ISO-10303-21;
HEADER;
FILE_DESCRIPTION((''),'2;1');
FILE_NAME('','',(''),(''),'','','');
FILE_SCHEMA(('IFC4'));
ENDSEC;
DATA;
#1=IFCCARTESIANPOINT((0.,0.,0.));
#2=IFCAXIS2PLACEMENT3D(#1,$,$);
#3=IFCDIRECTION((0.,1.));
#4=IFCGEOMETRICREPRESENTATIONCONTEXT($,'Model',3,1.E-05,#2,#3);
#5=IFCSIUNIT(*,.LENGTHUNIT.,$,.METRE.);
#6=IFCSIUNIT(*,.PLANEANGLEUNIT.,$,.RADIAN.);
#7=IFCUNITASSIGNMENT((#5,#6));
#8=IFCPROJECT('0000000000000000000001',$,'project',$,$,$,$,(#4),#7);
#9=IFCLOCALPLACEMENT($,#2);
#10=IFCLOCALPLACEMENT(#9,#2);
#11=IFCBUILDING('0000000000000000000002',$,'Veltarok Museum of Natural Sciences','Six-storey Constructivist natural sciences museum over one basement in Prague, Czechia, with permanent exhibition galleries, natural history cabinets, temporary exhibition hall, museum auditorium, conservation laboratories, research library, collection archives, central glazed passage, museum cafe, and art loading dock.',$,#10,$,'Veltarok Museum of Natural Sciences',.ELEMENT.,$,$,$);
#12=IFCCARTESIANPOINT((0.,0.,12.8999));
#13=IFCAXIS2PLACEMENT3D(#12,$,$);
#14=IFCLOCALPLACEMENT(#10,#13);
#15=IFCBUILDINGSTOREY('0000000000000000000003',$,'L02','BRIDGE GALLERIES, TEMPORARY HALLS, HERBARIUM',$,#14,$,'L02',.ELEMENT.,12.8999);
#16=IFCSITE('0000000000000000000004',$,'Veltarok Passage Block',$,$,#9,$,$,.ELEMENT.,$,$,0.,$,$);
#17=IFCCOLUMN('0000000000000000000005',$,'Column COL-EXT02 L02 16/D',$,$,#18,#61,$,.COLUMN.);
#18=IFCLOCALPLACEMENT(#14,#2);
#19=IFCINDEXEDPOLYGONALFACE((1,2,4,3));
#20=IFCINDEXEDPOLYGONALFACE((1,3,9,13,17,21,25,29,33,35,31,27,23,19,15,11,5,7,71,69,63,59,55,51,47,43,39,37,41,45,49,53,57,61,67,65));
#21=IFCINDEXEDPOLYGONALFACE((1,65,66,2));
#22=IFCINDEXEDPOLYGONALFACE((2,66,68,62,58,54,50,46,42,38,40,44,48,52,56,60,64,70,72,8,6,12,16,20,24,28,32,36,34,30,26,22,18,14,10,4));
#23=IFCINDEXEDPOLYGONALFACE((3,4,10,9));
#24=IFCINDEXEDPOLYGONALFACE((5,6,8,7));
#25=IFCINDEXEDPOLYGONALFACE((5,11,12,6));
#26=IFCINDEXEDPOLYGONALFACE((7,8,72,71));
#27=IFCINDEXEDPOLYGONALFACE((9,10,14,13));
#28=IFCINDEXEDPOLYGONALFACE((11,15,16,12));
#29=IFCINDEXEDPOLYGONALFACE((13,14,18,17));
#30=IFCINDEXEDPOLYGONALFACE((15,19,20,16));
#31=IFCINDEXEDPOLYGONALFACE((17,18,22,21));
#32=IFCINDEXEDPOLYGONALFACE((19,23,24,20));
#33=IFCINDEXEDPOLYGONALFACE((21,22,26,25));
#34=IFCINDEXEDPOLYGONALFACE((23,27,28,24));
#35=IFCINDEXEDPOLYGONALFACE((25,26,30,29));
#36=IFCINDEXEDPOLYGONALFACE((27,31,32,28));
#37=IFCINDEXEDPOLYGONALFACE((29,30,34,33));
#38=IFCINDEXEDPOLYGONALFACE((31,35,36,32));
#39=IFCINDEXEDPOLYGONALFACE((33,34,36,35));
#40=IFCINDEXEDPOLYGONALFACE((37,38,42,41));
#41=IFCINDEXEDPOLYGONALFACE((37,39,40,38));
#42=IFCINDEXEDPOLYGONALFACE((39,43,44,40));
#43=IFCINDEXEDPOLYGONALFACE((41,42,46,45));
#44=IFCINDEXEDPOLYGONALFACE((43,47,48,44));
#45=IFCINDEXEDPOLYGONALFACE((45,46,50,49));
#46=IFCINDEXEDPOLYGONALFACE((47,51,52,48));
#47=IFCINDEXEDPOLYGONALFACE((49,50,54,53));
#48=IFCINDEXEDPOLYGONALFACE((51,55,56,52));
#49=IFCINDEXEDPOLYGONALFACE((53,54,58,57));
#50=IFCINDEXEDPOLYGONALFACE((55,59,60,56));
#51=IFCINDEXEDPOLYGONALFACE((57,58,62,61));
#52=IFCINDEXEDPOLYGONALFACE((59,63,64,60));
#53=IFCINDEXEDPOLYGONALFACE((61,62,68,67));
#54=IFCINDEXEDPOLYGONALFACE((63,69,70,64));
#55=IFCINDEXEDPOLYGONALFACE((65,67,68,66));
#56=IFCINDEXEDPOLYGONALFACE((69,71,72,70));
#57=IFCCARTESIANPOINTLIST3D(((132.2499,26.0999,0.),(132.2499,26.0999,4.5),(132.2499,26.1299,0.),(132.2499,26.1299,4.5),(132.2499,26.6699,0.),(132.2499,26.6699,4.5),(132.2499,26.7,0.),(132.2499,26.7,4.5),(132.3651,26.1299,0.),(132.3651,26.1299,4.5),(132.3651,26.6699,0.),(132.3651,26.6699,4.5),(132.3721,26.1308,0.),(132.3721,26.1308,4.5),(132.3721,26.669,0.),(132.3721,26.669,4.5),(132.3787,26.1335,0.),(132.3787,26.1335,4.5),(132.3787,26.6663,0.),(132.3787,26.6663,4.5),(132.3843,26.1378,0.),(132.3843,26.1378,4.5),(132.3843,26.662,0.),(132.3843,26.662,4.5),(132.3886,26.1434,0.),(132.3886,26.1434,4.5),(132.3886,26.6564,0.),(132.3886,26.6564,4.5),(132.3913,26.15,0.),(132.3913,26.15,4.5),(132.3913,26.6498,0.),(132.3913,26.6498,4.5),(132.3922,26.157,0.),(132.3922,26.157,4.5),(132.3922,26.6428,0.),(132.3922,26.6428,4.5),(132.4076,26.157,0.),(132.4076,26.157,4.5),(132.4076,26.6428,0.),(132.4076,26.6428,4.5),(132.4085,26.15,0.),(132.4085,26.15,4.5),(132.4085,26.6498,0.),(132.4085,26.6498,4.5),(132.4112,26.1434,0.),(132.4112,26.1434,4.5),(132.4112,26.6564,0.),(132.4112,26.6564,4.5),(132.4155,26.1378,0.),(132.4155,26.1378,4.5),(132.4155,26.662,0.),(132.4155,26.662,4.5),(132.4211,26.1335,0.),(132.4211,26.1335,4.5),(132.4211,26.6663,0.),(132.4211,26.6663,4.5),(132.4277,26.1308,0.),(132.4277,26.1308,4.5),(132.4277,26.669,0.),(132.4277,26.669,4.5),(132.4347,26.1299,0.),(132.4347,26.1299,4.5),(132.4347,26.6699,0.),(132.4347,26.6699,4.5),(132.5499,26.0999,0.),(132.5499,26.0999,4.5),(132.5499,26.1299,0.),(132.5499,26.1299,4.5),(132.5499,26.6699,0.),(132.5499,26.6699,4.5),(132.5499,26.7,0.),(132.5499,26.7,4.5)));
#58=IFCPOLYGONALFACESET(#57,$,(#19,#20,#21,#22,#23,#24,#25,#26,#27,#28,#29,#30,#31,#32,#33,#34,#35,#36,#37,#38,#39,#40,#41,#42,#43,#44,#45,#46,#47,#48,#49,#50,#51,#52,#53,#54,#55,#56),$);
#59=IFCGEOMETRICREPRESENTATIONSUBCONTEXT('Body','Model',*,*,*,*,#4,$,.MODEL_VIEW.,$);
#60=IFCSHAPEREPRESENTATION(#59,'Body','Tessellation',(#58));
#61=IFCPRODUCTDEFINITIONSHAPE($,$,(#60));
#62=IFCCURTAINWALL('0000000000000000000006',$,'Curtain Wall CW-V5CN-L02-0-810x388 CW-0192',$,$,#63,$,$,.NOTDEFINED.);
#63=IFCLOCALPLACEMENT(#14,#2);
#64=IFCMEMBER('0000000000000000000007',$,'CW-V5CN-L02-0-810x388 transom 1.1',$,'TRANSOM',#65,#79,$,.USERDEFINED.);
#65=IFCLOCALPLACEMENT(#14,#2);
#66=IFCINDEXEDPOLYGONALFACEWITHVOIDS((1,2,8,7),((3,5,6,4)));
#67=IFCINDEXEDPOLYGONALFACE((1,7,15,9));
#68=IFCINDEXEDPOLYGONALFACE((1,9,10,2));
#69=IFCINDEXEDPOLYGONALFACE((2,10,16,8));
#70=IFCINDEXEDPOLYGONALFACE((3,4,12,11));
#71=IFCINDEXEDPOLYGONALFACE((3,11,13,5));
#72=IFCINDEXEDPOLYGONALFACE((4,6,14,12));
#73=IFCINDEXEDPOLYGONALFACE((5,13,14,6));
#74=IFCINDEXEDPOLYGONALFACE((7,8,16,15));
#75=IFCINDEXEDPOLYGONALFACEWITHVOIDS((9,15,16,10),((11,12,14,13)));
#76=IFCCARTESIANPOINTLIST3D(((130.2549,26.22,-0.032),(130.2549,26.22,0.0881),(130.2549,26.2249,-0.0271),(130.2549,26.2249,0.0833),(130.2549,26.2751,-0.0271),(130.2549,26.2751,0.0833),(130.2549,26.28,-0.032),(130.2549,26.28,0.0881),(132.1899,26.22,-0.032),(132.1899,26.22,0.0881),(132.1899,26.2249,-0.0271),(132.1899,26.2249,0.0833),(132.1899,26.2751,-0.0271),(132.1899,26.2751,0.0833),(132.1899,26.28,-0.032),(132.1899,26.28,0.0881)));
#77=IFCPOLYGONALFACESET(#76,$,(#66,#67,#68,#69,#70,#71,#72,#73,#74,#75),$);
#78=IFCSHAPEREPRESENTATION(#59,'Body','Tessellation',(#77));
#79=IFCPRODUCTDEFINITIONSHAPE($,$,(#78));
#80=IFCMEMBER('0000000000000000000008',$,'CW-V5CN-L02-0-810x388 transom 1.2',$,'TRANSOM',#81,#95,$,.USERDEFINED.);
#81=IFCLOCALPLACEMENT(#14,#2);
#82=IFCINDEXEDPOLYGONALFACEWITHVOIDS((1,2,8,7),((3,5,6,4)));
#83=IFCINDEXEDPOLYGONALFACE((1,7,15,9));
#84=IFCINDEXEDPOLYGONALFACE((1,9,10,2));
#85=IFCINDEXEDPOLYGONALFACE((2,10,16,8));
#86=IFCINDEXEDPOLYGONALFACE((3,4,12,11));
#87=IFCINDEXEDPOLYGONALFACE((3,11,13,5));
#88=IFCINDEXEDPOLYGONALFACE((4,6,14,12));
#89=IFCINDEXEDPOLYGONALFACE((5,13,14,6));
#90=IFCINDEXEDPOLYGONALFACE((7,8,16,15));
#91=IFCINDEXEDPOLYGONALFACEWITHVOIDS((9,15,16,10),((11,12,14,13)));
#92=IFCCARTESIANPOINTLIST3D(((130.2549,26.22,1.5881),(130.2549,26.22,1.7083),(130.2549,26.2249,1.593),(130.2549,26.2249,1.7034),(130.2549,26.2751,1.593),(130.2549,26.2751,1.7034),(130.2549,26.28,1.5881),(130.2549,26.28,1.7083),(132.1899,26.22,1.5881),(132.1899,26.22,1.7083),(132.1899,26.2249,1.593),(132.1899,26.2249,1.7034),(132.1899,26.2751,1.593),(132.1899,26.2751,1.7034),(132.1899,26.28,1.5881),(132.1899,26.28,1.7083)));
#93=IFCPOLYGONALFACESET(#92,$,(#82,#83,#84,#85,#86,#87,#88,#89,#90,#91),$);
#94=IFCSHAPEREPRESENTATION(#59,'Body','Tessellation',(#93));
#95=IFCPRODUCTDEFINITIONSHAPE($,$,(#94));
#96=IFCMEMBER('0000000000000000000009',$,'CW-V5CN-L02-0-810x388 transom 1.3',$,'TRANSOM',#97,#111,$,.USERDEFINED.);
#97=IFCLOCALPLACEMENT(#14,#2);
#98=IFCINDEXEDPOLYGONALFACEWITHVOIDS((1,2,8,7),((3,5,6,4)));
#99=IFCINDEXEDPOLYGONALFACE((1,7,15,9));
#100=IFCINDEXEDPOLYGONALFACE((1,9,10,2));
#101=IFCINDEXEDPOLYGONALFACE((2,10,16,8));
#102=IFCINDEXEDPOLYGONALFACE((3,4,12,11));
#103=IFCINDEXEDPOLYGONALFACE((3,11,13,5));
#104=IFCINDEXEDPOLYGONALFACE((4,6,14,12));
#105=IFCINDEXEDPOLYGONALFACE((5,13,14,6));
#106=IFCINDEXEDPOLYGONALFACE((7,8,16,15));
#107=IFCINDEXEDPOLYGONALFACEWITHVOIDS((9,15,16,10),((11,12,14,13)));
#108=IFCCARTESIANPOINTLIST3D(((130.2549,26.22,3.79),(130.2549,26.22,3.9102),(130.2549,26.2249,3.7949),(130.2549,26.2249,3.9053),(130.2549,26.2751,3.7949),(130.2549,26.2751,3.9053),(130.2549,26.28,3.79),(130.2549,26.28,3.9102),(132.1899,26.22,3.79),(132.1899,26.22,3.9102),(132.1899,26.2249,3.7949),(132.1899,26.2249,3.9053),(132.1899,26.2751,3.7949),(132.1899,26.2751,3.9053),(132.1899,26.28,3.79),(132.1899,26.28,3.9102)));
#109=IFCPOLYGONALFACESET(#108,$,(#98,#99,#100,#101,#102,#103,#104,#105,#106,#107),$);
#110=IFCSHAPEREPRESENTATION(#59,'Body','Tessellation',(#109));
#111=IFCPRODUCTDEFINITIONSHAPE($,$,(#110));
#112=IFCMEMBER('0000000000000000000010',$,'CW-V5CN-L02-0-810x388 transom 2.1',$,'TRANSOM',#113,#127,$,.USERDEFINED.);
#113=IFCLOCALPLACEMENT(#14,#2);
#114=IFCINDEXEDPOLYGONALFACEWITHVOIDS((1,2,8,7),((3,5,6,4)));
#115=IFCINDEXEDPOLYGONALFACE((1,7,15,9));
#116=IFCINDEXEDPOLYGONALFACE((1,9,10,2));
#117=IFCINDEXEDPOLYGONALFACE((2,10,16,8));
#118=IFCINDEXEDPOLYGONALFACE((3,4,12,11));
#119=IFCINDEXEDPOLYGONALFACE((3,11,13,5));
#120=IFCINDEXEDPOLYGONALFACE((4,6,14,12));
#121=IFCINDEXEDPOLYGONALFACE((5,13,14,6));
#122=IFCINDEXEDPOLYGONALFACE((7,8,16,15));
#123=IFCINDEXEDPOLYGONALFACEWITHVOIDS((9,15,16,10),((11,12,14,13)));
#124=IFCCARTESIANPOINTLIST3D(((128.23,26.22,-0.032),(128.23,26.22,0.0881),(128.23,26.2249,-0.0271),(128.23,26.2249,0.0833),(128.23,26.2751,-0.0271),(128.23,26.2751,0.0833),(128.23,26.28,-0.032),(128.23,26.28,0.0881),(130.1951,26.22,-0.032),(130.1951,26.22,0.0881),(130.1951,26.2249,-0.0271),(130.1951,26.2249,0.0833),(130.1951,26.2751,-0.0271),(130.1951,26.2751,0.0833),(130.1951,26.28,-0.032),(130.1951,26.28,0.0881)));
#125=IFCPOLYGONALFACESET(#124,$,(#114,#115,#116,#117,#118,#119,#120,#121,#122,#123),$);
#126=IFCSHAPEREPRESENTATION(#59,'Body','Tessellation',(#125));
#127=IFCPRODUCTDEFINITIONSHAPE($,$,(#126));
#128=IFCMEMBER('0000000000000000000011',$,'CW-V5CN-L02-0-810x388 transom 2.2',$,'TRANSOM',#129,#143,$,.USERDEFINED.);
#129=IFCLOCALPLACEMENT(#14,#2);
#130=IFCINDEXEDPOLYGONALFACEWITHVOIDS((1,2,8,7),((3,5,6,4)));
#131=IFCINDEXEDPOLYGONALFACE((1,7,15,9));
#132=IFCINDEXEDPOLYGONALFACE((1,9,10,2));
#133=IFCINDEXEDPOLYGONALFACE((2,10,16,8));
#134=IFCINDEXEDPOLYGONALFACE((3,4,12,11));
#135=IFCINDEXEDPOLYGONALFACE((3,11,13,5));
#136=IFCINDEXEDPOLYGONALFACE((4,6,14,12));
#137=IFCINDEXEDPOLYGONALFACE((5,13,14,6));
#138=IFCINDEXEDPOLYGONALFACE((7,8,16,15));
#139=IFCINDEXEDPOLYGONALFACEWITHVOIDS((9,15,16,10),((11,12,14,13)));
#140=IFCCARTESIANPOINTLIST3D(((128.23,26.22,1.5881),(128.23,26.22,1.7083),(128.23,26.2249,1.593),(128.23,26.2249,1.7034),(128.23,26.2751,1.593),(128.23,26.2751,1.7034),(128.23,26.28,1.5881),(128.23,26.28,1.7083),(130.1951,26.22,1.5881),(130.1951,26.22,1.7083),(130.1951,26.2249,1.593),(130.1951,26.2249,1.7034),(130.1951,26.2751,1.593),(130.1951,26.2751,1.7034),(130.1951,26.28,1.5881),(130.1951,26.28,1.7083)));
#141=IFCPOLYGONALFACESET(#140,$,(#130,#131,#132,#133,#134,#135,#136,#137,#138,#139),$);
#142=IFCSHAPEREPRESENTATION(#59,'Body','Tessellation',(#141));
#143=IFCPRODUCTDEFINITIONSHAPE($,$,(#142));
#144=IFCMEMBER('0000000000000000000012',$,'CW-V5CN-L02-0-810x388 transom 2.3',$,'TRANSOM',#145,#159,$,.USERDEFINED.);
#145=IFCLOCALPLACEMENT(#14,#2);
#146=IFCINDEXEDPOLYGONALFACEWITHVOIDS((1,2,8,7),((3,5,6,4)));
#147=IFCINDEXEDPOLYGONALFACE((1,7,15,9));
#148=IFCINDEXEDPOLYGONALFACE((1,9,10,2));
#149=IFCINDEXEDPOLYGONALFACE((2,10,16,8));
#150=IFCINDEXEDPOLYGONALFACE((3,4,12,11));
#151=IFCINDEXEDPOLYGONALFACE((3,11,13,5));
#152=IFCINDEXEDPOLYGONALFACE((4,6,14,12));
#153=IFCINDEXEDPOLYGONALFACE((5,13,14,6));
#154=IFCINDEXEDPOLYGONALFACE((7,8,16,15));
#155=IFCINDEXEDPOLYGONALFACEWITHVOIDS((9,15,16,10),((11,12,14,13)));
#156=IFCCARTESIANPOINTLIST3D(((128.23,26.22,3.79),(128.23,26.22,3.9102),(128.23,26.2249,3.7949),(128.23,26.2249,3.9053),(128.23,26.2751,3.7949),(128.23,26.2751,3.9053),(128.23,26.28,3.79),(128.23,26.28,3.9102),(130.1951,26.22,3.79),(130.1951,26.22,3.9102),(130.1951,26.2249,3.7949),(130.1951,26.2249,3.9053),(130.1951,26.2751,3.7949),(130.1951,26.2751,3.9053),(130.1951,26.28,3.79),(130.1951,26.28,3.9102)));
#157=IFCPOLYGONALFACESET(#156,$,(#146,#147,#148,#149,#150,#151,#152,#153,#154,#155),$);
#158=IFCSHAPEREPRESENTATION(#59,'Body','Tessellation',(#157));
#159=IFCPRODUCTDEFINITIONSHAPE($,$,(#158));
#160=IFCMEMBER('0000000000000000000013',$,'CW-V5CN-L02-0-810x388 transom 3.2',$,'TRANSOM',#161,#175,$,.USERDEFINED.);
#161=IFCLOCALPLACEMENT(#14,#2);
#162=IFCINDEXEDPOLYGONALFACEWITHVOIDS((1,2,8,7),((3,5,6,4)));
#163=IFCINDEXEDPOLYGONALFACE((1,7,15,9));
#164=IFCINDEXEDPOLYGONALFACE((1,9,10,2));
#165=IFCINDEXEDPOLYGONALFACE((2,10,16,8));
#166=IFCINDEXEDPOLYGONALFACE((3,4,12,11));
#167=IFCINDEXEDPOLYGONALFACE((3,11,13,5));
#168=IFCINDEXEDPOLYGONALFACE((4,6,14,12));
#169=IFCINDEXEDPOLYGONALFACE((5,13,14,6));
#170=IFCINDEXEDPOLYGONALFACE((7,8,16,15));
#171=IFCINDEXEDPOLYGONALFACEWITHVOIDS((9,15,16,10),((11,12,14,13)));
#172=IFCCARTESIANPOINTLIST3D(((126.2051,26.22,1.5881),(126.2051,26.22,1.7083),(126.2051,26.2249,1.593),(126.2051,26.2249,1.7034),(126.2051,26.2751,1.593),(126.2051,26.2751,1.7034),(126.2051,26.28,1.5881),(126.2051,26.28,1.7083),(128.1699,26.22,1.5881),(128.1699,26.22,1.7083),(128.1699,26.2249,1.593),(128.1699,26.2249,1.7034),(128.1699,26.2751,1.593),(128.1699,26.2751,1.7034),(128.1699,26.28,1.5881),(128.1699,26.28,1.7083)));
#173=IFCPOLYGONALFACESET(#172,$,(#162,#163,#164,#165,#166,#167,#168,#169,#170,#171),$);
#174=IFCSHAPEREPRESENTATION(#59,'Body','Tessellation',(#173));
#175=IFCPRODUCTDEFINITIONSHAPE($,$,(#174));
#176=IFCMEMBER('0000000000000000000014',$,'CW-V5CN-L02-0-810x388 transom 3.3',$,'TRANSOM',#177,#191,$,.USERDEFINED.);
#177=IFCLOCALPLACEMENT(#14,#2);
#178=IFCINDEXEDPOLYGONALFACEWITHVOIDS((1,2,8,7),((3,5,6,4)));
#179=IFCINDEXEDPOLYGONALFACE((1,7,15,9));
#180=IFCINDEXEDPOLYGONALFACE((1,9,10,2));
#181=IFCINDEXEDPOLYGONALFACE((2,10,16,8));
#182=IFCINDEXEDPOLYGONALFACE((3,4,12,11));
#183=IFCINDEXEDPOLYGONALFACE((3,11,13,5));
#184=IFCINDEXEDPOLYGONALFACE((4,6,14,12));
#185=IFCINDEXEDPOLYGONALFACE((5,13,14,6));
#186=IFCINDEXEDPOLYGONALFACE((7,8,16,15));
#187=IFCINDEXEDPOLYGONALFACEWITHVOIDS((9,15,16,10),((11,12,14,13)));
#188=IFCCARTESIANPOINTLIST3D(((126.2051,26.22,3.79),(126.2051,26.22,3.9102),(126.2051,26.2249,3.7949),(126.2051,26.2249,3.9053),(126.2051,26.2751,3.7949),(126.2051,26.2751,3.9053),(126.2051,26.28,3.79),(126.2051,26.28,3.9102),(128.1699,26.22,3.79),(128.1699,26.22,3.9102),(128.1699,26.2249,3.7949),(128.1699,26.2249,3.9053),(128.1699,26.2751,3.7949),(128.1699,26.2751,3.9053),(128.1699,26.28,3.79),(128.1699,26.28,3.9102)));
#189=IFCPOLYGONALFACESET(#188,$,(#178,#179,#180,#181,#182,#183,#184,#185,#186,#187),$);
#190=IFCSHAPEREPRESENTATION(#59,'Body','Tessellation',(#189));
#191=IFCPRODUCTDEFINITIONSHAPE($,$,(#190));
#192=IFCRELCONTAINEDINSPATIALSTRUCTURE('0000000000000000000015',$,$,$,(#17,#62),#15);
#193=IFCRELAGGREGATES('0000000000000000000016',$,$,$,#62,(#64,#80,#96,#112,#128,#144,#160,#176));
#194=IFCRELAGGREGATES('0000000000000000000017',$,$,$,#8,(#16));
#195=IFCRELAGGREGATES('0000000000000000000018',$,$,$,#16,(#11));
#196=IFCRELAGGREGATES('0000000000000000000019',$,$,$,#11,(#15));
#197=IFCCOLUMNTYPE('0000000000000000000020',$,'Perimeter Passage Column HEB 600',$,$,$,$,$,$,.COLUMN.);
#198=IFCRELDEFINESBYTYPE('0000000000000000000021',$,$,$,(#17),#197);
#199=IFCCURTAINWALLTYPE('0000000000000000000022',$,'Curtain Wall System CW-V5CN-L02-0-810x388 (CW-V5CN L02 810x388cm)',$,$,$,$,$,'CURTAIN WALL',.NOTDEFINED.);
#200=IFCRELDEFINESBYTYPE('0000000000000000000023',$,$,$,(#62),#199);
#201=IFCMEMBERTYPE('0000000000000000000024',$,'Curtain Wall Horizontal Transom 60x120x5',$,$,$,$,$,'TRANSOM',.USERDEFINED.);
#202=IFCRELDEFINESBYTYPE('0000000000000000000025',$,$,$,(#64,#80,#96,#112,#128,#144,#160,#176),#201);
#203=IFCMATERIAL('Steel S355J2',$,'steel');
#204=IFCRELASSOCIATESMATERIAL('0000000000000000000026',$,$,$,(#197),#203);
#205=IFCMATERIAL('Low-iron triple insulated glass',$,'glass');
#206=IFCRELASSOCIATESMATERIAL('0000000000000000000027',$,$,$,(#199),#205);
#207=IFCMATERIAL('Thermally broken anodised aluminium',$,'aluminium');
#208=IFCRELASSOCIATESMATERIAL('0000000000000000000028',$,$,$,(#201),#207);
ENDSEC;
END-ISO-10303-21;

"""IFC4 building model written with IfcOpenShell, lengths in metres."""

from ifc_helpers import new_model, si_unit, direction, frame, origin, origin_2d, place, context, subcontext, project, spatial, hollow_rectangle, i_section, extrude, material, material_profile, profile_set, type_object, element, aggregate, save


model = new_model("IFC4")

# Units and contexts
model_context = context("Model", 3, precision=1e-05, world=origin(), true_north=direction((0.0, 1.0)))
body_context = subcontext(model_context, "Body", "Model", "MODEL_VIEW")
ifc_project = project(units=[si_unit("LENGTHUNIT", "METRE"), si_unit("PLANEANGLEUNIT", "RADIAN")], contexts=[model_context])

# Site, building, storey
site_placement = place(None, origin())
site = spatial("IfcSite", under=ifc_project, at=site_placement, Name="Veltarok Passage Block", CompositionType="ELEMENT", RefElevation=0.0)
building_placement = place(site_placement, origin())
building = spatial("IfcBuilding", under=site, at=building_placement, Name="Veltarok Museum of Natural Sciences", Description="Six-storey Constructivist natural sciences museum over one basement in Prague, Czechia, with permanent exhibition galleries, natural history cabinets, temporary exhibition hall, museum auditorium, conservation laboratories, research library, collection archives, central glazed passage, museum cafe, and art loading dock.", LongName="Veltarok Museum of Natural Sciences", CompositionType="ELEMENT")
storey_placement = place(building_placement, frame((0.0, 0.0, 12.8999)))
storey = spatial("IfcBuildingStorey", under=building, at=storey_placement, Name="L02", Description="BRIDGE GALLERIES, TEMPORARY HALLS, HERBARIUM", LongName="L02", CompositionType="ELEMENT", Elevation=12.8999)

# Column
ifc_material_1 = material(Name="Steel S355J2", Category="steel")
ifc_material_profile_1 = material_profile(ifc_material_1, i_section(OverallWidth=0.3, OverallDepth=0.6001, WebThickness=0.0154, FlangeThickness=0.03, FilletRadius=0.0271, at=origin_2d()), Name="HEB 600")
ifc_profile_set_1 = profile_set([ifc_material_profile_1], Name="Steel S355J2")
column_type = type_object("IfcColumnType", Name="Perimeter Passage Column HEB 600", PredefinedType="COLUMN", material=ifc_profile_set_1)
column_placement = place(storey_placement, frame((132.3999, 26.3999, 0.0), z_axis=(0.0, 0.0, 1.0), x_axis=(1.0, 0.0, 0.0)))
element("IfcColumn", 1, at=column_placement, inside=storey, type_object=column_type, Name="Column COL-EXT02 L02 16/D", PredefinedType="COLUMN", context=body_context, shape_type="SweptSolid", body=[
    extrude(i_section(OverallWidth=0.3, OverallDepth=0.6001, WebThickness=0.0154, FlangeThickness=0.03, FilletRadius=0.0271, at=origin_2d()), origin(), (0.0, 0.0, 1.0), 4.5),
])

# Curtain wall, members
ifc_material_2 = material(Name="Low-iron triple insulated glass", Category="glass")
curtain_wall_type = type_object("IfcCurtainWallType", Name="Curtain Wall System CW-V5CN-L02-0-810x388 (CW-V5CN L02 810x388cm)", ElementType="CURTAIN WALL", PredefinedType="NOTDEFINED", material=ifc_material_2)
curtain_wall_placement = place(storey_placement, origin())
curtain_wall = element("IfcCurtainWall", 2, at=curtain_wall_placement, inside=storey, type_object=curtain_wall_type, Name="Curtain Wall CW-V5CN-L02-0-810x388 CW-0192", PredefinedType="NOTDEFINED")
ifc_material_3 = material(Name="Thermally broken anodised aluminium", Category="aluminium")
ifc_material_profile_2 = material_profile(ifc_material_3, hollow_rectangle(XDim=0.0601, YDim=0.1201, WallThickness=0.0049, at=origin_2d()), Name="CW TRANSOM 60x120x5")
ifc_profile_set_2 = profile_set([ifc_material_profile_2], Name="Thermally broken anodised aluminium")
member_type_1 = type_object("IfcMemberType", Name="Curtain Wall Horizontal Transom 60x120x5", ElementType="TRANSOM", PredefinedType="USERDEFINED", material=ifc_profile_set_2)
member_1_placement = place(storey_placement, frame((132.1899, 26.25, 0.0281), z_axis=(-1.0, 0.0, 0.0), x_axis=(0.0, -1.0, 0.0)))
member_1 = element("IfcMember", 3, at=member_1_placement, type_object=member_type_1, Name="CW-V5CN-L02-0-810x388 transom 1.1", ObjectType="TRANSOM", PredefinedType="USERDEFINED", context=body_context, shape_type="SweptSolid", body=[
    extrude(hollow_rectangle(XDim=0.0601, YDim=0.1201, WallThickness=0.0049, at=origin_2d()), origin(), (0.0, 0.0, 1.0), 1.9351),
])
member_2_placement = place(storey_placement, frame((132.1899, 26.25, 1.6482), z_axis=(-1.0, 0.0, 0.0), x_axis=(0.0, -1.0, 0.0)))
member_2 = element("IfcMember", 4, at=member_2_placement, type_object=member_type_1, Name="CW-V5CN-L02-0-810x388 transom 1.2", ObjectType="TRANSOM", PredefinedType="USERDEFINED", context=body_context, shape_type="SweptSolid", body=[
    extrude(hollow_rectangle(XDim=0.0601, YDim=0.1201, WallThickness=0.0049, at=origin_2d()), origin(), (0.0, 0.0, 1.0), 1.9351),
])
member_3_placement = place(storey_placement, frame((132.1899, 26.25, 3.8501), z_axis=(-1.0, 0.0, 0.0), x_axis=(0.0, -1.0, 0.0)))
member_3 = element("IfcMember", 5, at=member_3_placement, type_object=member_type_1, Name="CW-V5CN-L02-0-810x388 transom 1.3", ObjectType="TRANSOM", PredefinedType="USERDEFINED", context=body_context, shape_type="SweptSolid", body=[
    extrude(hollow_rectangle(XDim=0.0601, YDim=0.1201, WallThickness=0.0049, at=origin_2d()), origin(), (0.0, 0.0, 1.0), 1.9351),
])
member_4_placement = place(storey_placement, frame((130.1951, 26.25, 0.0281), z_axis=(-1.0, 0.0, 0.0), x_axis=(0.0, -1.0, 0.0)))
member_4 = element("IfcMember", 6, at=member_4_placement, type_object=member_type_1, Name="CW-V5CN-L02-0-810x388 transom 2.1", ObjectType="TRANSOM", PredefinedType="USERDEFINED", context=body_context, shape_type="SweptSolid", body=[
    extrude(hollow_rectangle(XDim=0.0601, YDim=0.1201, WallThickness=0.0049, at=origin_2d()), origin(), (0.0, 0.0, 1.0), 1.9651),
])
member_5_placement = place(storey_placement, frame((130.1951, 26.25, 1.6482), z_axis=(-1.0, 0.0, 0.0), x_axis=(0.0, -1.0, 0.0)))
member_5 = element("IfcMember", 7, at=member_5_placement, type_object=member_type_1, Name="CW-V5CN-L02-0-810x388 transom 2.2", ObjectType="TRANSOM", PredefinedType="USERDEFINED", context=body_context, shape_type="SweptSolid", body=[
    extrude(hollow_rectangle(XDim=0.0601, YDim=0.1201, WallThickness=0.0049, at=origin_2d()), origin(), (0.0, 0.0, 1.0), 1.9651),
])
member_6_placement = place(storey_placement, frame((130.1951, 26.25, 3.8501), z_axis=(-1.0, 0.0, 0.0), x_axis=(0.0, -1.0, 0.0)))
member_6 = element("IfcMember", 8, at=member_6_placement, type_object=member_type_1, Name="CW-V5CN-L02-0-810x388 transom 2.3", ObjectType="TRANSOM", PredefinedType="USERDEFINED", context=body_context, shape_type="SweptSolid", body=[
    extrude(hollow_rectangle(XDim=0.0601, YDim=0.1201, WallThickness=0.0049, at=origin_2d()), origin(), (0.0, 0.0, 1.0), 1.9651),
])
member_7_placement = place(storey_placement, frame((128.1699, 26.25, 1.6482), z_axis=(-1.0, 0.0, 0.0), x_axis=(0.0, -1.0, 0.0)))
member_7 = element("IfcMember", 9, at=member_7_placement, type_object=member_type_1, Name="CW-V5CN-L02-0-810x388 transom 3.2", ObjectType="TRANSOM", PredefinedType="USERDEFINED", context=body_context, shape_type="SweptSolid", body=[
    extrude(hollow_rectangle(XDim=0.0601, YDim=0.1201, WallThickness=0.0049, at=origin_2d()), origin(), (0.0, 0.0, 1.0), 1.9648),
])
member_8_placement = place(storey_placement, frame((128.1699, 26.25, 3.8501), z_axis=(-1.0, 0.0, 0.0), x_axis=(0.0, -1.0, 0.0)))
member_8 = element("IfcMember", 10, at=member_8_placement, type_object=member_type_1, Name="CW-V5CN-L02-0-810x388 transom 3.3", ObjectType="TRANSOM", PredefinedType="USERDEFINED", context=body_context, shape_type="SweptSolid", body=[
    extrude(hollow_rectangle(XDim=0.0601, YDim=0.1201, WallThickness=0.0049, at=origin_2d()), origin(), (0.0, 0.0, 1.0), 1.9648),
])

aggregate(curtain_wall, [member_1, member_2, member_3, member_4, member_5, member_6, member_7, member_8])

save(model, "model.ifc")
